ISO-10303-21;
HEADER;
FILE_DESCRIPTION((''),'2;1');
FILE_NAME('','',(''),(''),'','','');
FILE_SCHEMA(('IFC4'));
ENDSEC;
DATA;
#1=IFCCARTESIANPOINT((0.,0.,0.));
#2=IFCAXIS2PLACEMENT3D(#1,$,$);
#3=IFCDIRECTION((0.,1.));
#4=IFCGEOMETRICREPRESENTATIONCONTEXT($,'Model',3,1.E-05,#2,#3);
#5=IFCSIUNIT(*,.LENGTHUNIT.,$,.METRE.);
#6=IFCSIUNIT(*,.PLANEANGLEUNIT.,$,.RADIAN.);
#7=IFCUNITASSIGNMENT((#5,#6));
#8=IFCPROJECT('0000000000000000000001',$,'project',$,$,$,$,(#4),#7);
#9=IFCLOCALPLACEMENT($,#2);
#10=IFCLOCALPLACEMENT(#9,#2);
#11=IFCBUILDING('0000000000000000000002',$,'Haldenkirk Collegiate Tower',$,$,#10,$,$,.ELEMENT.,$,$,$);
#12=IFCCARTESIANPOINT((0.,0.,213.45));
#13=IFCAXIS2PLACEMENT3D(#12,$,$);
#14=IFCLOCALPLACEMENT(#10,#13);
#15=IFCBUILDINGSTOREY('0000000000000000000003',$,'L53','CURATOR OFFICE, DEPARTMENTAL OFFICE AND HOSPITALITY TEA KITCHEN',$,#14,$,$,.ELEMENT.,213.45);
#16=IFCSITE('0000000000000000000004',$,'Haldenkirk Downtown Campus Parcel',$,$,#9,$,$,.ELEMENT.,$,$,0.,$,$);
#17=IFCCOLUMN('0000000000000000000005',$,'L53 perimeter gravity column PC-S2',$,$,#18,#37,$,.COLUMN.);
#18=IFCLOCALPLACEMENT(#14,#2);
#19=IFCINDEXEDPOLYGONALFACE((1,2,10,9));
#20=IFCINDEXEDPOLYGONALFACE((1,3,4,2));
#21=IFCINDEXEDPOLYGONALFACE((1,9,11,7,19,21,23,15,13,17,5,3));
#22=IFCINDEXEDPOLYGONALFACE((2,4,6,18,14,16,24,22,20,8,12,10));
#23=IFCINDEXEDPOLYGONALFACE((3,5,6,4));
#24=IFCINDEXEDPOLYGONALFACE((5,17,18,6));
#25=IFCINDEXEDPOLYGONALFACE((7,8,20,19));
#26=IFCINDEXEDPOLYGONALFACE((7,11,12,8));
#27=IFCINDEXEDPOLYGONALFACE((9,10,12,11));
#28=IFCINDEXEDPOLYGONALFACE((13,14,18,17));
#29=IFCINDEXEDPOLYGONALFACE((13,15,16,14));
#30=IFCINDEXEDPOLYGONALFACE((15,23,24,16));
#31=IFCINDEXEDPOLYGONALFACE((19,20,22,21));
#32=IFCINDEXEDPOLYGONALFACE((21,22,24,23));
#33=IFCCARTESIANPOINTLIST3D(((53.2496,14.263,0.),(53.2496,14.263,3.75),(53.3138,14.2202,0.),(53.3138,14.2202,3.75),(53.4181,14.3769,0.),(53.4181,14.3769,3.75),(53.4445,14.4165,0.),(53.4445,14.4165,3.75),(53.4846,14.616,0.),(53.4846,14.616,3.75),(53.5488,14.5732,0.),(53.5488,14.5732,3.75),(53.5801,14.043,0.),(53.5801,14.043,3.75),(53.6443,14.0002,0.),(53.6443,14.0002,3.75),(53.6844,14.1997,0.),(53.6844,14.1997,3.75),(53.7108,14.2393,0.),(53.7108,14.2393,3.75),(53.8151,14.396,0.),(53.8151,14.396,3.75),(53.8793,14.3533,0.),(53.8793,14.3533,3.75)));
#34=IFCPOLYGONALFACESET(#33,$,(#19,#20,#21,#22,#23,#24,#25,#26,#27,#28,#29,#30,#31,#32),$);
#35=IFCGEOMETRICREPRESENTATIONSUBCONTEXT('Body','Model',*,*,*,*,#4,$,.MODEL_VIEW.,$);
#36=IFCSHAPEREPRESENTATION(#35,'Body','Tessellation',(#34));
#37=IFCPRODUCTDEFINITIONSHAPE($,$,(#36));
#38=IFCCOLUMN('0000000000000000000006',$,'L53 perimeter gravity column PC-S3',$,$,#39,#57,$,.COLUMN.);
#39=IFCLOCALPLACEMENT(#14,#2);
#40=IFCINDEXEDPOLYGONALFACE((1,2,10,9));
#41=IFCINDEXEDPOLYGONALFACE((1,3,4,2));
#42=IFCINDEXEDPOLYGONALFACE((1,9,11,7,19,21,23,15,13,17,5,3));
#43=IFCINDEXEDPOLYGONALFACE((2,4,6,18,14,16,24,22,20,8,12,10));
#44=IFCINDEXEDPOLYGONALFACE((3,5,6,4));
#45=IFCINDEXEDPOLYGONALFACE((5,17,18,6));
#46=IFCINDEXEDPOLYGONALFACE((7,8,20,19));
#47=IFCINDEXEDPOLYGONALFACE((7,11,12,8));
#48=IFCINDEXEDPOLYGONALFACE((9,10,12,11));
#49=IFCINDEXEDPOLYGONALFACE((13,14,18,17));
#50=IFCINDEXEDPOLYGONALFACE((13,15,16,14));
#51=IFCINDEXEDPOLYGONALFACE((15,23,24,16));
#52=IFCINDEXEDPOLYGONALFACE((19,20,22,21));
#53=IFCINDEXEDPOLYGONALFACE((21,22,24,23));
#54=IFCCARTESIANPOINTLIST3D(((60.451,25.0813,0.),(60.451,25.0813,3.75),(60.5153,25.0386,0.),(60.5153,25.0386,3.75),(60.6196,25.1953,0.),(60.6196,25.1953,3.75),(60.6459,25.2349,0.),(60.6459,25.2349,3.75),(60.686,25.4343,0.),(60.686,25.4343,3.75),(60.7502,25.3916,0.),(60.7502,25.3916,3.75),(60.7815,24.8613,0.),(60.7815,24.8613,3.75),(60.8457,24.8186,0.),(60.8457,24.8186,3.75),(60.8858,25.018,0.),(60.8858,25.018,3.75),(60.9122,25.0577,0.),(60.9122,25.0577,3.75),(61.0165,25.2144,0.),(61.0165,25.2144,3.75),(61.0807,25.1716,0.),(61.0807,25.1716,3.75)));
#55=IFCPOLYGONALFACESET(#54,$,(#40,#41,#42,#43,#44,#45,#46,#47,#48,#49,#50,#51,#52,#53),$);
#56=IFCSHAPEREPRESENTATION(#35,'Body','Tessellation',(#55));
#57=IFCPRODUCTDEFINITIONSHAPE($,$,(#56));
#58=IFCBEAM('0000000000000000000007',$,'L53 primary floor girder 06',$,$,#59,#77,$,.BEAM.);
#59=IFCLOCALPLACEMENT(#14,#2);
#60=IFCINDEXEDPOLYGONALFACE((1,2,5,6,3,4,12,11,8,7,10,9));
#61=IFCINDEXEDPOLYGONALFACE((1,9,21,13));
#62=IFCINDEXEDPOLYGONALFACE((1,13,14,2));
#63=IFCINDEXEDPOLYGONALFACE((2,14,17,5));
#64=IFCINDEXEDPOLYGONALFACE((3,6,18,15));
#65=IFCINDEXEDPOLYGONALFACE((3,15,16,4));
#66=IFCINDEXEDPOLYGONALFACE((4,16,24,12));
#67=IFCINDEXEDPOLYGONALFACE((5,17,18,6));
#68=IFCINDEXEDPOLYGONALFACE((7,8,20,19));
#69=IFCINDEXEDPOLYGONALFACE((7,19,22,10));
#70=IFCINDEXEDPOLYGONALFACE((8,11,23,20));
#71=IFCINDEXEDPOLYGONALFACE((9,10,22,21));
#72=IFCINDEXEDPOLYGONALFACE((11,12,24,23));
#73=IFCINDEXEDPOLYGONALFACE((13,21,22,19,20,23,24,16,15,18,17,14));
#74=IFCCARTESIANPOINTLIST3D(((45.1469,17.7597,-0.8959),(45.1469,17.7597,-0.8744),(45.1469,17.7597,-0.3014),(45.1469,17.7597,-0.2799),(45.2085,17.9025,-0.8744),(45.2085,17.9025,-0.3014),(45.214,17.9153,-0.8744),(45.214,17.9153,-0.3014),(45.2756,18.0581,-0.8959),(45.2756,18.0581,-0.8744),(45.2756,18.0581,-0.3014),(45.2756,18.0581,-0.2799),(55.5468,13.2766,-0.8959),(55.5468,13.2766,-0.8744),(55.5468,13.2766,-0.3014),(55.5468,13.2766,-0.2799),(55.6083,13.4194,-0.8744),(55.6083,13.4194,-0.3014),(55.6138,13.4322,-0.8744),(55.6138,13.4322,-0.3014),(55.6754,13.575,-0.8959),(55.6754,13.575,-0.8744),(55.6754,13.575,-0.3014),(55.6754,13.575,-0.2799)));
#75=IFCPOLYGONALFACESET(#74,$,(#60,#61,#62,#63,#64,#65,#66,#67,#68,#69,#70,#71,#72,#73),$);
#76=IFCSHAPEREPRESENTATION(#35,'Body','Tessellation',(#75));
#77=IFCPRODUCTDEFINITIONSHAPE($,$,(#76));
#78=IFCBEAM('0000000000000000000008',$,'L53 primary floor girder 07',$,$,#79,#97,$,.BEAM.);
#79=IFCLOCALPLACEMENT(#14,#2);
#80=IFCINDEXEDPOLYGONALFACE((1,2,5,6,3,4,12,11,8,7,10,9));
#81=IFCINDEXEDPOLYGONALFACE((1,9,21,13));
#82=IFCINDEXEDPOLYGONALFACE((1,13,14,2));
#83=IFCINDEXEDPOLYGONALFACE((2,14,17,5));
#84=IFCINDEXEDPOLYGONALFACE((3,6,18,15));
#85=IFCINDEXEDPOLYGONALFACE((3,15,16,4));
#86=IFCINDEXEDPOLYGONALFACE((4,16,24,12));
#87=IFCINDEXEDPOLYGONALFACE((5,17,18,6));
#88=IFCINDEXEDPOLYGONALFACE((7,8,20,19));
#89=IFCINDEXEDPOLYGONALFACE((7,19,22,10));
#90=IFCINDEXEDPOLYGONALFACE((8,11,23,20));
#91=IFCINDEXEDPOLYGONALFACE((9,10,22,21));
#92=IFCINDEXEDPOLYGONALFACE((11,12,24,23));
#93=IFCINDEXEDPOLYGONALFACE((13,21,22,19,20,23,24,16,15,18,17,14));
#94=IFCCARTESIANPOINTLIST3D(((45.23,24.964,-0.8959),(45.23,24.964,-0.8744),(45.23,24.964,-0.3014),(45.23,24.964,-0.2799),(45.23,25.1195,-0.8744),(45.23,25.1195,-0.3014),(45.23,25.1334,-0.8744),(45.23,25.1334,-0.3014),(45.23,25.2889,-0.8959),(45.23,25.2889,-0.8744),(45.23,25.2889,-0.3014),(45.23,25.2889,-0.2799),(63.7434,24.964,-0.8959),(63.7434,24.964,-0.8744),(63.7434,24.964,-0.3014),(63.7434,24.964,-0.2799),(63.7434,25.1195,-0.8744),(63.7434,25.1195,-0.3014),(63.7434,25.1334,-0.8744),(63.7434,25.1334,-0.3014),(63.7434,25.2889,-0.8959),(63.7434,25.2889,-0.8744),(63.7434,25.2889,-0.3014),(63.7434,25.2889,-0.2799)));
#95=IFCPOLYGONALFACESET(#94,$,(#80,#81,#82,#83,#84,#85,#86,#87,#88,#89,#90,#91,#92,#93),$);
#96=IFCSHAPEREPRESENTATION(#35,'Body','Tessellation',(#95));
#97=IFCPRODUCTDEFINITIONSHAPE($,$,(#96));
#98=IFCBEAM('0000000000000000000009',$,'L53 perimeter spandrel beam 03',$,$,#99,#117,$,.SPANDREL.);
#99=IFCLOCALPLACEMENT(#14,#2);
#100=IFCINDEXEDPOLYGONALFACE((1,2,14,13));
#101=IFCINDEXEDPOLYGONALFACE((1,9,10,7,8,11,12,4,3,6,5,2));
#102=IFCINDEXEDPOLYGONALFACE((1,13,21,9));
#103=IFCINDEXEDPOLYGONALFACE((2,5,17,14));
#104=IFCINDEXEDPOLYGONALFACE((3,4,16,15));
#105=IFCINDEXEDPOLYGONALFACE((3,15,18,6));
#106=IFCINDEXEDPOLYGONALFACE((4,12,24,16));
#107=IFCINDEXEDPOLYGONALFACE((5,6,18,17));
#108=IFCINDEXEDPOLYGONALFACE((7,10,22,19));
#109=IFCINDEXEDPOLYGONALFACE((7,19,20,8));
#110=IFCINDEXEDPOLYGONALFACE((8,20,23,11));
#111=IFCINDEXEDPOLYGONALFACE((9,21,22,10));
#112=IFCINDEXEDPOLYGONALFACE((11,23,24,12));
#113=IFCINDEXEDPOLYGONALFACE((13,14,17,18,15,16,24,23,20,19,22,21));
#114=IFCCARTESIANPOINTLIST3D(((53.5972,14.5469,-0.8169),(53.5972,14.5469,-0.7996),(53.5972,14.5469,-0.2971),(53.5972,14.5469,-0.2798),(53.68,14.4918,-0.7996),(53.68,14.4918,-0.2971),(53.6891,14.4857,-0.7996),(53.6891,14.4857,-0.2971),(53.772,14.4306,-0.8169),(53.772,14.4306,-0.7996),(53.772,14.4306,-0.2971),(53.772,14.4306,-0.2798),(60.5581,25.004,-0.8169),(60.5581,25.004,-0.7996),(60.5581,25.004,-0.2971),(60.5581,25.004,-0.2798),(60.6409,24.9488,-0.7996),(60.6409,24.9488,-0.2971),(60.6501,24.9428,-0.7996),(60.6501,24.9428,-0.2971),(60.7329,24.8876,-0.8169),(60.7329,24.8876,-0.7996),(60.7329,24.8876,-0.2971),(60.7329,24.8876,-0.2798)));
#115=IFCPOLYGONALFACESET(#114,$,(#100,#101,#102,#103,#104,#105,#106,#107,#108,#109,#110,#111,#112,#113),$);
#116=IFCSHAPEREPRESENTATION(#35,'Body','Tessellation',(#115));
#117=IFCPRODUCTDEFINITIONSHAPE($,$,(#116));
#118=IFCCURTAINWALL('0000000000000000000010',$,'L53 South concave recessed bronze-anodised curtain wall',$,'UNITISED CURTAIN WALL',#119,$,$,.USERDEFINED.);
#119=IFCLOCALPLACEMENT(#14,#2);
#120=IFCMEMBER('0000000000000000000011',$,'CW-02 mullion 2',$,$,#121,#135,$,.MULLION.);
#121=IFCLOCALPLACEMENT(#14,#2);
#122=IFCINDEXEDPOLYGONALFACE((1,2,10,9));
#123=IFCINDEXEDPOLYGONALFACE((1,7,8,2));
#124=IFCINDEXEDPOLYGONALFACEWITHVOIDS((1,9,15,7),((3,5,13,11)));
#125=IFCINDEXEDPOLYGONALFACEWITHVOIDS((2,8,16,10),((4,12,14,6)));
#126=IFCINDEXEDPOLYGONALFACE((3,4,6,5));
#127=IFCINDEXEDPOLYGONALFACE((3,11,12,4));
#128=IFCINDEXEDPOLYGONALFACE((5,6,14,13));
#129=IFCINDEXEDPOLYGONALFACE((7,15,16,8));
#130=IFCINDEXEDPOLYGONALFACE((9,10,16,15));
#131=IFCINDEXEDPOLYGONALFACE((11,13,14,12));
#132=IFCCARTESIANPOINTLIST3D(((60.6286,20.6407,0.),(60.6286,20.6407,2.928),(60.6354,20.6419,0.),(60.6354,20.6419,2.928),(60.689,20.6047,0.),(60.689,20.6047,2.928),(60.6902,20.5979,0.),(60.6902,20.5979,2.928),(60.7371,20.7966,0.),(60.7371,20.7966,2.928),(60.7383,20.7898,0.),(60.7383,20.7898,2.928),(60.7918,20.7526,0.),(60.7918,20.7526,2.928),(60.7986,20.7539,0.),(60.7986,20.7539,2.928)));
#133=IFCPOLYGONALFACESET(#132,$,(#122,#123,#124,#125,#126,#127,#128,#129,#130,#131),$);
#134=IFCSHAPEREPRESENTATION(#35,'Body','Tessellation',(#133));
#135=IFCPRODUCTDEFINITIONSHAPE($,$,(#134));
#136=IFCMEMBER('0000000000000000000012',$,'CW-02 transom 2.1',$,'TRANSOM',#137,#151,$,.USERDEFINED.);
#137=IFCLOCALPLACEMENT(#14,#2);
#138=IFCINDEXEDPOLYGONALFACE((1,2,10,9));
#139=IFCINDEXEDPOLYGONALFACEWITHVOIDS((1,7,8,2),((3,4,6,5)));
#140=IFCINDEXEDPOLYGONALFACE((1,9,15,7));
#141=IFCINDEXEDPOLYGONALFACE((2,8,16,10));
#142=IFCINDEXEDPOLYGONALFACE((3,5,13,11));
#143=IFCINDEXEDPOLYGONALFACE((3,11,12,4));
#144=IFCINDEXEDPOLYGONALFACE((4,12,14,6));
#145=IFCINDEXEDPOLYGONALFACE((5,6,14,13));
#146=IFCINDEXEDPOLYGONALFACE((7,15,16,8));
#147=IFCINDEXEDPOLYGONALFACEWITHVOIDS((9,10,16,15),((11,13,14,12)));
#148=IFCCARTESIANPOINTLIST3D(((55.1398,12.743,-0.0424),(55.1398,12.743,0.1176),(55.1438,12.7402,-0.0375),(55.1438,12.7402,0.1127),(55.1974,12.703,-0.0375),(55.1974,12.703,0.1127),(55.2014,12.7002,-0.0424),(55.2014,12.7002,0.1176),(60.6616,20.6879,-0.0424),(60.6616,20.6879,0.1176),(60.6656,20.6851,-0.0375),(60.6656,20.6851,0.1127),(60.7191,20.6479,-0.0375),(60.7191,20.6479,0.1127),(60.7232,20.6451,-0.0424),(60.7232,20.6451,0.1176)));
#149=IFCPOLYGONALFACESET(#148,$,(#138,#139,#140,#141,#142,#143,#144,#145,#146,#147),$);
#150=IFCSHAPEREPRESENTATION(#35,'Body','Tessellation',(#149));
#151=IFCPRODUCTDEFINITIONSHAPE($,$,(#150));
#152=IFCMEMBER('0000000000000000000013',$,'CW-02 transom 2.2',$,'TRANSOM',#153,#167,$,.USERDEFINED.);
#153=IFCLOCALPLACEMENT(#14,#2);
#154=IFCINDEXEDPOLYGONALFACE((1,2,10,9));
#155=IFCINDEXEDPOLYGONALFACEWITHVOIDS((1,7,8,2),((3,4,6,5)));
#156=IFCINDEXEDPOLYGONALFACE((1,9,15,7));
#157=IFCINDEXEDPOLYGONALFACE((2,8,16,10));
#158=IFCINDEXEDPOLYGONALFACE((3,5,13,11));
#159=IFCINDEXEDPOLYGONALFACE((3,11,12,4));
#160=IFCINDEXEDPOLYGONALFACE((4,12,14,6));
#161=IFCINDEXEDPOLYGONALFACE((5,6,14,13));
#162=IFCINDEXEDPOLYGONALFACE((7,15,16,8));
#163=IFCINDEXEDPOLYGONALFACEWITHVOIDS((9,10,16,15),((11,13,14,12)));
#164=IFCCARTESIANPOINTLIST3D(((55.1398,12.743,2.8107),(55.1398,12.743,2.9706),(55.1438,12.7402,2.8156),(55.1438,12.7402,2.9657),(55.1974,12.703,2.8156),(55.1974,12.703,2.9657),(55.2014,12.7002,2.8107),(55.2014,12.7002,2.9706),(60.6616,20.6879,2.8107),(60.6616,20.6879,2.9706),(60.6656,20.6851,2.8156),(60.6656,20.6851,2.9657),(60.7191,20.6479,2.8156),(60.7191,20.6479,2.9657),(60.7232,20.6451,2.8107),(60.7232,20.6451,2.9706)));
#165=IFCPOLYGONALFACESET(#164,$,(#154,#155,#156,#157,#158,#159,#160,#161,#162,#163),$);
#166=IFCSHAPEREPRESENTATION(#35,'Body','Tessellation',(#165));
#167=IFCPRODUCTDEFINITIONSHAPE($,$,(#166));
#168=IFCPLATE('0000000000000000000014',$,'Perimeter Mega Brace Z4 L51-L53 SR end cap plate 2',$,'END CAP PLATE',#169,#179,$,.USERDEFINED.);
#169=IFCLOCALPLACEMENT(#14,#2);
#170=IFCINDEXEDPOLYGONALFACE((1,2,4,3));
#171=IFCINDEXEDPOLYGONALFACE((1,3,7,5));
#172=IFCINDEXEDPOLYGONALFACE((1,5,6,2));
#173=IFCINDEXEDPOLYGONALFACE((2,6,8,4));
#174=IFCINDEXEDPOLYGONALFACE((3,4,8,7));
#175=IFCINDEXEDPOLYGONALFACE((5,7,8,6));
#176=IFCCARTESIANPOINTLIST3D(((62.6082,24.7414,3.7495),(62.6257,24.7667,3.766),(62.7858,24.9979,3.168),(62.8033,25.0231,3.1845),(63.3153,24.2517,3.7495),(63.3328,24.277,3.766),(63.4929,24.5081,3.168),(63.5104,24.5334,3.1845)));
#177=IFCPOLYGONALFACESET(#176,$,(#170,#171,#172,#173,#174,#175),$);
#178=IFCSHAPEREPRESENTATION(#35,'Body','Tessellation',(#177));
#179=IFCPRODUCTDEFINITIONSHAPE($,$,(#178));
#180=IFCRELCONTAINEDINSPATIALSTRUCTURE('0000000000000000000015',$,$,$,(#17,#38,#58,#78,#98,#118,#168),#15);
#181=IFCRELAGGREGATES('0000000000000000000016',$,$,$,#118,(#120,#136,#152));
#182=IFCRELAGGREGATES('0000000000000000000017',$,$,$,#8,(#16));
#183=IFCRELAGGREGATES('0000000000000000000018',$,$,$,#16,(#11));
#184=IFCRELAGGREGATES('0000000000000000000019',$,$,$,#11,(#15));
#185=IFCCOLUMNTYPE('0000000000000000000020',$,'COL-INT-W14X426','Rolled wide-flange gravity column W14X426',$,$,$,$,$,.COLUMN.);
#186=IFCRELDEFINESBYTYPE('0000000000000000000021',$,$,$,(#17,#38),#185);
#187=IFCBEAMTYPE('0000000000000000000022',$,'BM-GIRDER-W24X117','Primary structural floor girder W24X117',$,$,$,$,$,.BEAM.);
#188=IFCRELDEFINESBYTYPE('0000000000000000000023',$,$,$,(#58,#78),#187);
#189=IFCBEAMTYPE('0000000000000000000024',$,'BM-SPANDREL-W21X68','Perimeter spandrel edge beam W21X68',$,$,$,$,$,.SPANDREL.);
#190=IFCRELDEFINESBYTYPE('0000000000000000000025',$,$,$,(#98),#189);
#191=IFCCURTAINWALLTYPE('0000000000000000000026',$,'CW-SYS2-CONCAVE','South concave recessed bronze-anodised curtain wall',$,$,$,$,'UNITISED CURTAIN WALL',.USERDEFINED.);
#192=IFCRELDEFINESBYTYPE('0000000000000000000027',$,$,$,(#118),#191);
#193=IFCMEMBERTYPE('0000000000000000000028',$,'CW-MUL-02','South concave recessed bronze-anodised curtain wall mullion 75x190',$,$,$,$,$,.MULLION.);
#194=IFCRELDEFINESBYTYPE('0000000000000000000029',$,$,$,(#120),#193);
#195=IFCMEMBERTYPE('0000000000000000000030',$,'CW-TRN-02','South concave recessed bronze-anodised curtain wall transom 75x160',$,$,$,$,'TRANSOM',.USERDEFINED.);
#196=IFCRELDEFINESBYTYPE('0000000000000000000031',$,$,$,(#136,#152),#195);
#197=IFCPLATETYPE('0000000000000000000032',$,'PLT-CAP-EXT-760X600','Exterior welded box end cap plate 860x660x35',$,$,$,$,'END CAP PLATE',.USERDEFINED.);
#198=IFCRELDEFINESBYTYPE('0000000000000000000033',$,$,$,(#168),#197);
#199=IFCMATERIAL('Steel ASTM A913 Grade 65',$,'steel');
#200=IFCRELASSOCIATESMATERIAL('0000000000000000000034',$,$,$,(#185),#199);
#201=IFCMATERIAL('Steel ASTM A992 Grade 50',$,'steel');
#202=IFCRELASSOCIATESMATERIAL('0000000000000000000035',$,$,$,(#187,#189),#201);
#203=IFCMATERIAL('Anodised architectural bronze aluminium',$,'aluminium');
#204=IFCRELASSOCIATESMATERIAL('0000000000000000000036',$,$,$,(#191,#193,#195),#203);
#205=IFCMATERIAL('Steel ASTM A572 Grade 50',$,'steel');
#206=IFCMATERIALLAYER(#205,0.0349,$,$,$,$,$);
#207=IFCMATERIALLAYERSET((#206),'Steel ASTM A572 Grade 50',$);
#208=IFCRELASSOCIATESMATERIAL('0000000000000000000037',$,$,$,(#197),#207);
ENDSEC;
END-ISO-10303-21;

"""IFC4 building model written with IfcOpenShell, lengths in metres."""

from ifc_helpers import new_model, si_unit, direction, frame, origin, origin_2d, place, context, subcontext, project, spatial, rectangle, hollow_rectangle, i_section, extrude, source, transform, mapped, material, layer, layer_set, material_profile, profile_set, type_object, element, aggregate, save


model = new_model("IFC4")

# Units and contexts
model_context = context("Model", 3, precision=1e-05, world=origin(), true_north=direction((0.0, 1.0)))
body_context = subcontext(model_context, "Body", "Model", "MODEL_VIEW")
ifc_project = project(units=[si_unit("LENGTHUNIT", "METRE"), si_unit("PLANEANGLEUNIT", "RADIAN")], contexts=[model_context])

# Site, building, storey
site_placement = place(None, origin())
site = spatial("IfcSite", under=ifc_project, at=site_placement, Name="Haldenkirk Downtown Campus Parcel", CompositionType="ELEMENT", RefElevation=0.0)
building_placement = place(site_placement, origin())
building = spatial("IfcBuilding", under=site, at=building_placement, Name="Haldenkirk Collegiate Tower", CompositionType="ELEMENT")
storey_placement = place(building_placement, frame((0.0, 0.0, 213.45)))
storey = spatial("IfcBuildingStorey", under=building, at=storey_placement, Name="L53", Description="CURATOR OFFICE, DEPARTMENTAL OFFICE AND HOSPITALITY TEA KITCHEN", CompositionType="ELEMENT", Elevation=213.45)

# Columns
ifc_material_1 = material(Name="Steel ASTM A913 Grade 65", Category="steel")
ifc_material_profile_1 = material_profile(ifc_material_1, i_section(OverallWidth=0.4241, OverallDepth=0.4741, WebThickness=0.0476, FlangeThickness=0.0771, at=origin_2d()), Name="W14X426")
ifc_profile_set_1 = profile_set([ifc_material_profile_1], Name="Steel ASTM A913 Grade 65")
column_type = type_object("IfcColumnType", Name="COL-INT-W14X426", Description="Rolled wide-flange gravity column W14X426", PredefinedType="COLUMN", material=ifc_profile_set_1)
for number, where, z_axis, x_axis, name in (
    (1, (53.5645, 14.3081, 0.0), (0.0, 0.0, 1.0), (0.554118, 0.832438, 0.0), "L53 perimeter gravity column PC-S2"),
    (2, (60.7659, 25.1265, 0.0), (0.0, 0.0, 1.0), (0.554118, 0.832438, 0.0), "L53 perimeter gravity column PC-S3"),
):
    element("IfcColumn", number, at=place(storey_placement, frame(where, z_axis=z_axis, x_axis=x_axis)), inside=storey, type_object=column_type, Name=name, PredefinedType="COLUMN", context=body_context, shape_type="SweptSolid", body=[
        extrude(i_section(OverallWidth=0.4241, OverallDepth=0.4741, WebThickness=0.0476, FlangeThickness=0.0771, at=origin_2d()), origin(), (0.0, 0.0, 1.0), 3.75),
    ])

# Beams
ifc_material_2 = material(Name="Steel ASTM A992 Grade 50", Category="steel")
ifc_material_profile_2 = material_profile(ifc_material_2, i_section(OverallWidth=0.325, OverallDepth=0.616, WebThickness=0.0139, FlangeThickness=0.0215, at=origin_2d()), Name="W24X117")
ifc_profile_set_2 = profile_set([ifc_material_profile_2], Name="Steel ASTM A992 Grade 50")
beam_type_1 = type_object("IfcBeamType", Name="BM-GIRDER-W24X117", Description="Primary structural floor girder W24X117", PredefinedType="BEAM", material=ifc_profile_set_2)
beam_1_placement = place(storey_placement, frame((55.6111, 13.4258, -0.5879), z_axis=(-0.91831, 0.395862, 0.0), x_axis=(-0.395862, -0.91831, 0.0)))
element("IfcBeam", 3, at=beam_1_placement, inside=storey, type_object=beam_type_1, Name="L53 primary floor girder 06", PredefinedType="BEAM", context=body_context, shape_type="SweptSolid", body=[
    extrude(i_section(OverallWidth=0.325, OverallDepth=0.616, WebThickness=0.0139, FlangeThickness=0.0215, at=origin_2d()), origin(), (0.0, 0.0, 1.0), 11.325),
])
beam_2_placement = place(storey_placement, frame((63.7434, 25.1265, -0.5879), z_axis=(-1.0, 0.0, 0.0), x_axis=(0.0, -1.0, 0.0)))
element("IfcBeam", 4, at=beam_2_placement, inside=storey, type_object=beam_type_1, Name="L53 primary floor girder 07", PredefinedType="BEAM", context=body_context, shape_type="SweptSolid", body=[
    extrude(i_section(OverallWidth=0.325, OverallDepth=0.616, WebThickness=0.0139, FlangeThickness=0.0215, at=origin_2d()), origin(), (0.0, 0.0, 1.0), 18.5134),
])
ifc_material_profile_3 = material_profile(ifc_material_2, i_section(OverallWidth=0.21, OverallDepth=0.5371, WebThickness=0.011, FlangeThickness=0.0173, at=origin_2d()), Name="W21X68")
ifc_profile_set_3 = profile_set([ifc_material_profile_3], Name="Steel ASTM A992 Grade 50")
beam_type_2 = type_object("IfcBeamType", Name="BM-SPANDREL-W21X68", Description="Perimeter spandrel edge beam W21X68", PredefinedType="SPANDREL", material=ifc_profile_set_3)
beam_3_placement = place(storey_placement, frame((53.6846, 14.4888, -0.5483), z_axis=(0.554126, 0.832433, 0.0), x_axis=(-0.832433, 0.554126, 0.0)))
element("IfcBeam", 5, at=beam_3_placement, inside=storey, type_object=beam_type_2, Name="L53 perimeter spandrel beam 03", PredefinedType="SPANDREL", context=body_context, shape_type="SweptSolid", body=[
    extrude(i_section(OverallWidth=0.21, OverallDepth=0.5371, WebThickness=0.011, FlangeThickness=0.0173, at=origin_2d()), origin(), (0.0, 0.0, 1.0), 12.562),
])

# Curtain wall, members
ifc_material_3 = material(Name="Anodised architectural bronze aluminium", Category="aluminium")
curtain_wall_type = type_object("IfcCurtainWallType", Name="CW-SYS2-CONCAVE", Description="South concave recessed bronze-anodised curtain wall", ElementType="UNITISED CURTAIN WALL", PredefinedType="USERDEFINED", material=ifc_material_3)
curtain_wall_placement = place(storey_placement, origin())
curtain_wall = element("IfcCurtainWall", 6, at=curtain_wall_placement, inside=storey, type_object=curtain_wall_type, Name="L53 South concave recessed bronze-anodised curtain wall", ObjectType="UNITISED CURTAIN WALL", PredefinedType="USERDEFINED")
ifc_material_profile_4 = material_profile(ifc_material_3, hollow_rectangle(XDim=0.075, YDim=0.1899, WallThickness=0.0049, at=origin_2d()), Name="CW-MUL-02")
ifc_profile_set_4 = profile_set([ifc_material_profile_4], Name="Anodised architectural bronze aluminium")
member_type_1 = type_object("IfcMemberType", Name="CW-MUL-02", Description="South concave recessed bronze-anodised curtain wall mullion 75x190", PredefinedType="MULLION", material=ifc_profile_set_4)
member_1_placement = place(storey_placement, frame((60.7136, 20.6973, 0.0), z_axis=(0.0, 0.0, 1.0), x_axis=(0.821148, -0.570716, 0.0)))
member_1 = element("IfcMember", 7, at=member_1_placement, type_object=member_type_1, Name="CW-02 mullion 2", PredefinedType="MULLION", context=body_context, shape_type="SweptSolid", body=[
    extrude(hollow_rectangle(XDim=0.075, YDim=0.1899, WallThickness=0.0049, at=origin_2d()), origin(), (0.0, 0.0, 1.0), 2.928),
])
ifc_material_profile_5 = material_profile(ifc_material_3, hollow_rectangle(XDim=0.075, YDim=0.1599, WallThickness=0.0049, at=origin_2d()), Name="CW-TRN-02")
ifc_profile_set_5 = profile_set([ifc_material_profile_5], Name="Anodised architectural bronze aluminium")
member_type_2 = type_object("IfcMemberType", Name="CW-TRN-02", Description="South concave recessed bronze-anodised curtain wall transom 75x160", ElementType="TRANSOM", PredefinedType="USERDEFINED", material=ifc_profile_set_5)
member_2_placement = place(storey_placement, frame((60.6924, 20.6665, 0.0376), z_axis=(-0.570709, -0.821153, 0.0), x_axis=(0.821153, -0.570709, 0.0)))
member_2 = element("IfcMember", 8, at=member_2_placement, type_object=member_type_2, Name="CW-02 transom 2.1", ObjectType="TRANSOM", PredefinedType="USERDEFINED", context=body_context, shape_type="SweptSolid", body=[
    extrude(hollow_rectangle(XDim=0.075, YDim=0.1599, WallThickness=0.0049, at=origin_2d()), origin(), (0.0, 0.0, 1.0), 9.6753),
])
member_3_placement = place(storey_placement, frame((60.6924, 20.6665, 2.8906), z_axis=(-0.570709, -0.821153, 0.0), x_axis=(0.821153, -0.570709, 0.0)))
member_3 = element("IfcMember", 9, at=member_3_placement, type_object=member_type_2, Name="CW-02 transom 2.2", ObjectType="TRANSOM", PredefinedType="USERDEFINED", context=body_context, shape_type="SweptSolid", body=[
    extrude(hollow_rectangle(XDim=0.075, YDim=0.1599, WallThickness=0.0049, at=origin_2d()), origin(), (0.0, 0.0, 1.0), 9.6753),
])

# Plate
ifc_material_4 = material(Name="Steel ASTM A572 Grade 50", Category="steel")
ifc_layer_1 = layer(ifc_material_4, 0.0349)
ifc_layer_set_1 = layer_set([ifc_layer_1], Name="Steel ASTM A572 Grade 50")
plate_type_1 = type_object("IfcPlateType", Name="PLT-CAP-EXT-760X600", Description="Exterior welded box end cap plate 860x660x35", ElementType="END CAP PLATE", PredefinedType="USERDEFINED", material=ifc_layer_set_1)
shared_shape_1 = source(origin(), body_context, "Body", "SweptSolid", [
    extrude(rectangle(XDim=0.8601, YDim=0.6599, at=origin_2d()), origin(), (0.0, 0.0, 1.0), 0.0349),
])
plate_1_placement = place(storey_placement, frame((63.0505, 24.6248, 3.4587), z_axis=(0.50174, 0.724412, 0.472741), x_axis=(-0.822073, 0.569382, 0.0)))
element("IfcPlate", 10, at=plate_1_placement, inside=storey, type_object=plate_type_1, Name="Perimeter Mega Brace Z4 L51-L53 SR end cap plate 2", ObjectType="END CAP PLATE", PredefinedType="USERDEFINED", context=body_context, shape_type="MappedRepresentation", body=[
    mapped(shared_shape_1, transform((0.0, 0.0, 0.0), x_axis=(1.0, 0.0, 0.0), y_axis=(0.0, 1.0, 0.0), z_axis=(0.0, 0.0, 1.0), scale=1.0)),
])
aggregate(curtain_wall, [member_1, member_2, member_3])

save(model, "model.ifc")
